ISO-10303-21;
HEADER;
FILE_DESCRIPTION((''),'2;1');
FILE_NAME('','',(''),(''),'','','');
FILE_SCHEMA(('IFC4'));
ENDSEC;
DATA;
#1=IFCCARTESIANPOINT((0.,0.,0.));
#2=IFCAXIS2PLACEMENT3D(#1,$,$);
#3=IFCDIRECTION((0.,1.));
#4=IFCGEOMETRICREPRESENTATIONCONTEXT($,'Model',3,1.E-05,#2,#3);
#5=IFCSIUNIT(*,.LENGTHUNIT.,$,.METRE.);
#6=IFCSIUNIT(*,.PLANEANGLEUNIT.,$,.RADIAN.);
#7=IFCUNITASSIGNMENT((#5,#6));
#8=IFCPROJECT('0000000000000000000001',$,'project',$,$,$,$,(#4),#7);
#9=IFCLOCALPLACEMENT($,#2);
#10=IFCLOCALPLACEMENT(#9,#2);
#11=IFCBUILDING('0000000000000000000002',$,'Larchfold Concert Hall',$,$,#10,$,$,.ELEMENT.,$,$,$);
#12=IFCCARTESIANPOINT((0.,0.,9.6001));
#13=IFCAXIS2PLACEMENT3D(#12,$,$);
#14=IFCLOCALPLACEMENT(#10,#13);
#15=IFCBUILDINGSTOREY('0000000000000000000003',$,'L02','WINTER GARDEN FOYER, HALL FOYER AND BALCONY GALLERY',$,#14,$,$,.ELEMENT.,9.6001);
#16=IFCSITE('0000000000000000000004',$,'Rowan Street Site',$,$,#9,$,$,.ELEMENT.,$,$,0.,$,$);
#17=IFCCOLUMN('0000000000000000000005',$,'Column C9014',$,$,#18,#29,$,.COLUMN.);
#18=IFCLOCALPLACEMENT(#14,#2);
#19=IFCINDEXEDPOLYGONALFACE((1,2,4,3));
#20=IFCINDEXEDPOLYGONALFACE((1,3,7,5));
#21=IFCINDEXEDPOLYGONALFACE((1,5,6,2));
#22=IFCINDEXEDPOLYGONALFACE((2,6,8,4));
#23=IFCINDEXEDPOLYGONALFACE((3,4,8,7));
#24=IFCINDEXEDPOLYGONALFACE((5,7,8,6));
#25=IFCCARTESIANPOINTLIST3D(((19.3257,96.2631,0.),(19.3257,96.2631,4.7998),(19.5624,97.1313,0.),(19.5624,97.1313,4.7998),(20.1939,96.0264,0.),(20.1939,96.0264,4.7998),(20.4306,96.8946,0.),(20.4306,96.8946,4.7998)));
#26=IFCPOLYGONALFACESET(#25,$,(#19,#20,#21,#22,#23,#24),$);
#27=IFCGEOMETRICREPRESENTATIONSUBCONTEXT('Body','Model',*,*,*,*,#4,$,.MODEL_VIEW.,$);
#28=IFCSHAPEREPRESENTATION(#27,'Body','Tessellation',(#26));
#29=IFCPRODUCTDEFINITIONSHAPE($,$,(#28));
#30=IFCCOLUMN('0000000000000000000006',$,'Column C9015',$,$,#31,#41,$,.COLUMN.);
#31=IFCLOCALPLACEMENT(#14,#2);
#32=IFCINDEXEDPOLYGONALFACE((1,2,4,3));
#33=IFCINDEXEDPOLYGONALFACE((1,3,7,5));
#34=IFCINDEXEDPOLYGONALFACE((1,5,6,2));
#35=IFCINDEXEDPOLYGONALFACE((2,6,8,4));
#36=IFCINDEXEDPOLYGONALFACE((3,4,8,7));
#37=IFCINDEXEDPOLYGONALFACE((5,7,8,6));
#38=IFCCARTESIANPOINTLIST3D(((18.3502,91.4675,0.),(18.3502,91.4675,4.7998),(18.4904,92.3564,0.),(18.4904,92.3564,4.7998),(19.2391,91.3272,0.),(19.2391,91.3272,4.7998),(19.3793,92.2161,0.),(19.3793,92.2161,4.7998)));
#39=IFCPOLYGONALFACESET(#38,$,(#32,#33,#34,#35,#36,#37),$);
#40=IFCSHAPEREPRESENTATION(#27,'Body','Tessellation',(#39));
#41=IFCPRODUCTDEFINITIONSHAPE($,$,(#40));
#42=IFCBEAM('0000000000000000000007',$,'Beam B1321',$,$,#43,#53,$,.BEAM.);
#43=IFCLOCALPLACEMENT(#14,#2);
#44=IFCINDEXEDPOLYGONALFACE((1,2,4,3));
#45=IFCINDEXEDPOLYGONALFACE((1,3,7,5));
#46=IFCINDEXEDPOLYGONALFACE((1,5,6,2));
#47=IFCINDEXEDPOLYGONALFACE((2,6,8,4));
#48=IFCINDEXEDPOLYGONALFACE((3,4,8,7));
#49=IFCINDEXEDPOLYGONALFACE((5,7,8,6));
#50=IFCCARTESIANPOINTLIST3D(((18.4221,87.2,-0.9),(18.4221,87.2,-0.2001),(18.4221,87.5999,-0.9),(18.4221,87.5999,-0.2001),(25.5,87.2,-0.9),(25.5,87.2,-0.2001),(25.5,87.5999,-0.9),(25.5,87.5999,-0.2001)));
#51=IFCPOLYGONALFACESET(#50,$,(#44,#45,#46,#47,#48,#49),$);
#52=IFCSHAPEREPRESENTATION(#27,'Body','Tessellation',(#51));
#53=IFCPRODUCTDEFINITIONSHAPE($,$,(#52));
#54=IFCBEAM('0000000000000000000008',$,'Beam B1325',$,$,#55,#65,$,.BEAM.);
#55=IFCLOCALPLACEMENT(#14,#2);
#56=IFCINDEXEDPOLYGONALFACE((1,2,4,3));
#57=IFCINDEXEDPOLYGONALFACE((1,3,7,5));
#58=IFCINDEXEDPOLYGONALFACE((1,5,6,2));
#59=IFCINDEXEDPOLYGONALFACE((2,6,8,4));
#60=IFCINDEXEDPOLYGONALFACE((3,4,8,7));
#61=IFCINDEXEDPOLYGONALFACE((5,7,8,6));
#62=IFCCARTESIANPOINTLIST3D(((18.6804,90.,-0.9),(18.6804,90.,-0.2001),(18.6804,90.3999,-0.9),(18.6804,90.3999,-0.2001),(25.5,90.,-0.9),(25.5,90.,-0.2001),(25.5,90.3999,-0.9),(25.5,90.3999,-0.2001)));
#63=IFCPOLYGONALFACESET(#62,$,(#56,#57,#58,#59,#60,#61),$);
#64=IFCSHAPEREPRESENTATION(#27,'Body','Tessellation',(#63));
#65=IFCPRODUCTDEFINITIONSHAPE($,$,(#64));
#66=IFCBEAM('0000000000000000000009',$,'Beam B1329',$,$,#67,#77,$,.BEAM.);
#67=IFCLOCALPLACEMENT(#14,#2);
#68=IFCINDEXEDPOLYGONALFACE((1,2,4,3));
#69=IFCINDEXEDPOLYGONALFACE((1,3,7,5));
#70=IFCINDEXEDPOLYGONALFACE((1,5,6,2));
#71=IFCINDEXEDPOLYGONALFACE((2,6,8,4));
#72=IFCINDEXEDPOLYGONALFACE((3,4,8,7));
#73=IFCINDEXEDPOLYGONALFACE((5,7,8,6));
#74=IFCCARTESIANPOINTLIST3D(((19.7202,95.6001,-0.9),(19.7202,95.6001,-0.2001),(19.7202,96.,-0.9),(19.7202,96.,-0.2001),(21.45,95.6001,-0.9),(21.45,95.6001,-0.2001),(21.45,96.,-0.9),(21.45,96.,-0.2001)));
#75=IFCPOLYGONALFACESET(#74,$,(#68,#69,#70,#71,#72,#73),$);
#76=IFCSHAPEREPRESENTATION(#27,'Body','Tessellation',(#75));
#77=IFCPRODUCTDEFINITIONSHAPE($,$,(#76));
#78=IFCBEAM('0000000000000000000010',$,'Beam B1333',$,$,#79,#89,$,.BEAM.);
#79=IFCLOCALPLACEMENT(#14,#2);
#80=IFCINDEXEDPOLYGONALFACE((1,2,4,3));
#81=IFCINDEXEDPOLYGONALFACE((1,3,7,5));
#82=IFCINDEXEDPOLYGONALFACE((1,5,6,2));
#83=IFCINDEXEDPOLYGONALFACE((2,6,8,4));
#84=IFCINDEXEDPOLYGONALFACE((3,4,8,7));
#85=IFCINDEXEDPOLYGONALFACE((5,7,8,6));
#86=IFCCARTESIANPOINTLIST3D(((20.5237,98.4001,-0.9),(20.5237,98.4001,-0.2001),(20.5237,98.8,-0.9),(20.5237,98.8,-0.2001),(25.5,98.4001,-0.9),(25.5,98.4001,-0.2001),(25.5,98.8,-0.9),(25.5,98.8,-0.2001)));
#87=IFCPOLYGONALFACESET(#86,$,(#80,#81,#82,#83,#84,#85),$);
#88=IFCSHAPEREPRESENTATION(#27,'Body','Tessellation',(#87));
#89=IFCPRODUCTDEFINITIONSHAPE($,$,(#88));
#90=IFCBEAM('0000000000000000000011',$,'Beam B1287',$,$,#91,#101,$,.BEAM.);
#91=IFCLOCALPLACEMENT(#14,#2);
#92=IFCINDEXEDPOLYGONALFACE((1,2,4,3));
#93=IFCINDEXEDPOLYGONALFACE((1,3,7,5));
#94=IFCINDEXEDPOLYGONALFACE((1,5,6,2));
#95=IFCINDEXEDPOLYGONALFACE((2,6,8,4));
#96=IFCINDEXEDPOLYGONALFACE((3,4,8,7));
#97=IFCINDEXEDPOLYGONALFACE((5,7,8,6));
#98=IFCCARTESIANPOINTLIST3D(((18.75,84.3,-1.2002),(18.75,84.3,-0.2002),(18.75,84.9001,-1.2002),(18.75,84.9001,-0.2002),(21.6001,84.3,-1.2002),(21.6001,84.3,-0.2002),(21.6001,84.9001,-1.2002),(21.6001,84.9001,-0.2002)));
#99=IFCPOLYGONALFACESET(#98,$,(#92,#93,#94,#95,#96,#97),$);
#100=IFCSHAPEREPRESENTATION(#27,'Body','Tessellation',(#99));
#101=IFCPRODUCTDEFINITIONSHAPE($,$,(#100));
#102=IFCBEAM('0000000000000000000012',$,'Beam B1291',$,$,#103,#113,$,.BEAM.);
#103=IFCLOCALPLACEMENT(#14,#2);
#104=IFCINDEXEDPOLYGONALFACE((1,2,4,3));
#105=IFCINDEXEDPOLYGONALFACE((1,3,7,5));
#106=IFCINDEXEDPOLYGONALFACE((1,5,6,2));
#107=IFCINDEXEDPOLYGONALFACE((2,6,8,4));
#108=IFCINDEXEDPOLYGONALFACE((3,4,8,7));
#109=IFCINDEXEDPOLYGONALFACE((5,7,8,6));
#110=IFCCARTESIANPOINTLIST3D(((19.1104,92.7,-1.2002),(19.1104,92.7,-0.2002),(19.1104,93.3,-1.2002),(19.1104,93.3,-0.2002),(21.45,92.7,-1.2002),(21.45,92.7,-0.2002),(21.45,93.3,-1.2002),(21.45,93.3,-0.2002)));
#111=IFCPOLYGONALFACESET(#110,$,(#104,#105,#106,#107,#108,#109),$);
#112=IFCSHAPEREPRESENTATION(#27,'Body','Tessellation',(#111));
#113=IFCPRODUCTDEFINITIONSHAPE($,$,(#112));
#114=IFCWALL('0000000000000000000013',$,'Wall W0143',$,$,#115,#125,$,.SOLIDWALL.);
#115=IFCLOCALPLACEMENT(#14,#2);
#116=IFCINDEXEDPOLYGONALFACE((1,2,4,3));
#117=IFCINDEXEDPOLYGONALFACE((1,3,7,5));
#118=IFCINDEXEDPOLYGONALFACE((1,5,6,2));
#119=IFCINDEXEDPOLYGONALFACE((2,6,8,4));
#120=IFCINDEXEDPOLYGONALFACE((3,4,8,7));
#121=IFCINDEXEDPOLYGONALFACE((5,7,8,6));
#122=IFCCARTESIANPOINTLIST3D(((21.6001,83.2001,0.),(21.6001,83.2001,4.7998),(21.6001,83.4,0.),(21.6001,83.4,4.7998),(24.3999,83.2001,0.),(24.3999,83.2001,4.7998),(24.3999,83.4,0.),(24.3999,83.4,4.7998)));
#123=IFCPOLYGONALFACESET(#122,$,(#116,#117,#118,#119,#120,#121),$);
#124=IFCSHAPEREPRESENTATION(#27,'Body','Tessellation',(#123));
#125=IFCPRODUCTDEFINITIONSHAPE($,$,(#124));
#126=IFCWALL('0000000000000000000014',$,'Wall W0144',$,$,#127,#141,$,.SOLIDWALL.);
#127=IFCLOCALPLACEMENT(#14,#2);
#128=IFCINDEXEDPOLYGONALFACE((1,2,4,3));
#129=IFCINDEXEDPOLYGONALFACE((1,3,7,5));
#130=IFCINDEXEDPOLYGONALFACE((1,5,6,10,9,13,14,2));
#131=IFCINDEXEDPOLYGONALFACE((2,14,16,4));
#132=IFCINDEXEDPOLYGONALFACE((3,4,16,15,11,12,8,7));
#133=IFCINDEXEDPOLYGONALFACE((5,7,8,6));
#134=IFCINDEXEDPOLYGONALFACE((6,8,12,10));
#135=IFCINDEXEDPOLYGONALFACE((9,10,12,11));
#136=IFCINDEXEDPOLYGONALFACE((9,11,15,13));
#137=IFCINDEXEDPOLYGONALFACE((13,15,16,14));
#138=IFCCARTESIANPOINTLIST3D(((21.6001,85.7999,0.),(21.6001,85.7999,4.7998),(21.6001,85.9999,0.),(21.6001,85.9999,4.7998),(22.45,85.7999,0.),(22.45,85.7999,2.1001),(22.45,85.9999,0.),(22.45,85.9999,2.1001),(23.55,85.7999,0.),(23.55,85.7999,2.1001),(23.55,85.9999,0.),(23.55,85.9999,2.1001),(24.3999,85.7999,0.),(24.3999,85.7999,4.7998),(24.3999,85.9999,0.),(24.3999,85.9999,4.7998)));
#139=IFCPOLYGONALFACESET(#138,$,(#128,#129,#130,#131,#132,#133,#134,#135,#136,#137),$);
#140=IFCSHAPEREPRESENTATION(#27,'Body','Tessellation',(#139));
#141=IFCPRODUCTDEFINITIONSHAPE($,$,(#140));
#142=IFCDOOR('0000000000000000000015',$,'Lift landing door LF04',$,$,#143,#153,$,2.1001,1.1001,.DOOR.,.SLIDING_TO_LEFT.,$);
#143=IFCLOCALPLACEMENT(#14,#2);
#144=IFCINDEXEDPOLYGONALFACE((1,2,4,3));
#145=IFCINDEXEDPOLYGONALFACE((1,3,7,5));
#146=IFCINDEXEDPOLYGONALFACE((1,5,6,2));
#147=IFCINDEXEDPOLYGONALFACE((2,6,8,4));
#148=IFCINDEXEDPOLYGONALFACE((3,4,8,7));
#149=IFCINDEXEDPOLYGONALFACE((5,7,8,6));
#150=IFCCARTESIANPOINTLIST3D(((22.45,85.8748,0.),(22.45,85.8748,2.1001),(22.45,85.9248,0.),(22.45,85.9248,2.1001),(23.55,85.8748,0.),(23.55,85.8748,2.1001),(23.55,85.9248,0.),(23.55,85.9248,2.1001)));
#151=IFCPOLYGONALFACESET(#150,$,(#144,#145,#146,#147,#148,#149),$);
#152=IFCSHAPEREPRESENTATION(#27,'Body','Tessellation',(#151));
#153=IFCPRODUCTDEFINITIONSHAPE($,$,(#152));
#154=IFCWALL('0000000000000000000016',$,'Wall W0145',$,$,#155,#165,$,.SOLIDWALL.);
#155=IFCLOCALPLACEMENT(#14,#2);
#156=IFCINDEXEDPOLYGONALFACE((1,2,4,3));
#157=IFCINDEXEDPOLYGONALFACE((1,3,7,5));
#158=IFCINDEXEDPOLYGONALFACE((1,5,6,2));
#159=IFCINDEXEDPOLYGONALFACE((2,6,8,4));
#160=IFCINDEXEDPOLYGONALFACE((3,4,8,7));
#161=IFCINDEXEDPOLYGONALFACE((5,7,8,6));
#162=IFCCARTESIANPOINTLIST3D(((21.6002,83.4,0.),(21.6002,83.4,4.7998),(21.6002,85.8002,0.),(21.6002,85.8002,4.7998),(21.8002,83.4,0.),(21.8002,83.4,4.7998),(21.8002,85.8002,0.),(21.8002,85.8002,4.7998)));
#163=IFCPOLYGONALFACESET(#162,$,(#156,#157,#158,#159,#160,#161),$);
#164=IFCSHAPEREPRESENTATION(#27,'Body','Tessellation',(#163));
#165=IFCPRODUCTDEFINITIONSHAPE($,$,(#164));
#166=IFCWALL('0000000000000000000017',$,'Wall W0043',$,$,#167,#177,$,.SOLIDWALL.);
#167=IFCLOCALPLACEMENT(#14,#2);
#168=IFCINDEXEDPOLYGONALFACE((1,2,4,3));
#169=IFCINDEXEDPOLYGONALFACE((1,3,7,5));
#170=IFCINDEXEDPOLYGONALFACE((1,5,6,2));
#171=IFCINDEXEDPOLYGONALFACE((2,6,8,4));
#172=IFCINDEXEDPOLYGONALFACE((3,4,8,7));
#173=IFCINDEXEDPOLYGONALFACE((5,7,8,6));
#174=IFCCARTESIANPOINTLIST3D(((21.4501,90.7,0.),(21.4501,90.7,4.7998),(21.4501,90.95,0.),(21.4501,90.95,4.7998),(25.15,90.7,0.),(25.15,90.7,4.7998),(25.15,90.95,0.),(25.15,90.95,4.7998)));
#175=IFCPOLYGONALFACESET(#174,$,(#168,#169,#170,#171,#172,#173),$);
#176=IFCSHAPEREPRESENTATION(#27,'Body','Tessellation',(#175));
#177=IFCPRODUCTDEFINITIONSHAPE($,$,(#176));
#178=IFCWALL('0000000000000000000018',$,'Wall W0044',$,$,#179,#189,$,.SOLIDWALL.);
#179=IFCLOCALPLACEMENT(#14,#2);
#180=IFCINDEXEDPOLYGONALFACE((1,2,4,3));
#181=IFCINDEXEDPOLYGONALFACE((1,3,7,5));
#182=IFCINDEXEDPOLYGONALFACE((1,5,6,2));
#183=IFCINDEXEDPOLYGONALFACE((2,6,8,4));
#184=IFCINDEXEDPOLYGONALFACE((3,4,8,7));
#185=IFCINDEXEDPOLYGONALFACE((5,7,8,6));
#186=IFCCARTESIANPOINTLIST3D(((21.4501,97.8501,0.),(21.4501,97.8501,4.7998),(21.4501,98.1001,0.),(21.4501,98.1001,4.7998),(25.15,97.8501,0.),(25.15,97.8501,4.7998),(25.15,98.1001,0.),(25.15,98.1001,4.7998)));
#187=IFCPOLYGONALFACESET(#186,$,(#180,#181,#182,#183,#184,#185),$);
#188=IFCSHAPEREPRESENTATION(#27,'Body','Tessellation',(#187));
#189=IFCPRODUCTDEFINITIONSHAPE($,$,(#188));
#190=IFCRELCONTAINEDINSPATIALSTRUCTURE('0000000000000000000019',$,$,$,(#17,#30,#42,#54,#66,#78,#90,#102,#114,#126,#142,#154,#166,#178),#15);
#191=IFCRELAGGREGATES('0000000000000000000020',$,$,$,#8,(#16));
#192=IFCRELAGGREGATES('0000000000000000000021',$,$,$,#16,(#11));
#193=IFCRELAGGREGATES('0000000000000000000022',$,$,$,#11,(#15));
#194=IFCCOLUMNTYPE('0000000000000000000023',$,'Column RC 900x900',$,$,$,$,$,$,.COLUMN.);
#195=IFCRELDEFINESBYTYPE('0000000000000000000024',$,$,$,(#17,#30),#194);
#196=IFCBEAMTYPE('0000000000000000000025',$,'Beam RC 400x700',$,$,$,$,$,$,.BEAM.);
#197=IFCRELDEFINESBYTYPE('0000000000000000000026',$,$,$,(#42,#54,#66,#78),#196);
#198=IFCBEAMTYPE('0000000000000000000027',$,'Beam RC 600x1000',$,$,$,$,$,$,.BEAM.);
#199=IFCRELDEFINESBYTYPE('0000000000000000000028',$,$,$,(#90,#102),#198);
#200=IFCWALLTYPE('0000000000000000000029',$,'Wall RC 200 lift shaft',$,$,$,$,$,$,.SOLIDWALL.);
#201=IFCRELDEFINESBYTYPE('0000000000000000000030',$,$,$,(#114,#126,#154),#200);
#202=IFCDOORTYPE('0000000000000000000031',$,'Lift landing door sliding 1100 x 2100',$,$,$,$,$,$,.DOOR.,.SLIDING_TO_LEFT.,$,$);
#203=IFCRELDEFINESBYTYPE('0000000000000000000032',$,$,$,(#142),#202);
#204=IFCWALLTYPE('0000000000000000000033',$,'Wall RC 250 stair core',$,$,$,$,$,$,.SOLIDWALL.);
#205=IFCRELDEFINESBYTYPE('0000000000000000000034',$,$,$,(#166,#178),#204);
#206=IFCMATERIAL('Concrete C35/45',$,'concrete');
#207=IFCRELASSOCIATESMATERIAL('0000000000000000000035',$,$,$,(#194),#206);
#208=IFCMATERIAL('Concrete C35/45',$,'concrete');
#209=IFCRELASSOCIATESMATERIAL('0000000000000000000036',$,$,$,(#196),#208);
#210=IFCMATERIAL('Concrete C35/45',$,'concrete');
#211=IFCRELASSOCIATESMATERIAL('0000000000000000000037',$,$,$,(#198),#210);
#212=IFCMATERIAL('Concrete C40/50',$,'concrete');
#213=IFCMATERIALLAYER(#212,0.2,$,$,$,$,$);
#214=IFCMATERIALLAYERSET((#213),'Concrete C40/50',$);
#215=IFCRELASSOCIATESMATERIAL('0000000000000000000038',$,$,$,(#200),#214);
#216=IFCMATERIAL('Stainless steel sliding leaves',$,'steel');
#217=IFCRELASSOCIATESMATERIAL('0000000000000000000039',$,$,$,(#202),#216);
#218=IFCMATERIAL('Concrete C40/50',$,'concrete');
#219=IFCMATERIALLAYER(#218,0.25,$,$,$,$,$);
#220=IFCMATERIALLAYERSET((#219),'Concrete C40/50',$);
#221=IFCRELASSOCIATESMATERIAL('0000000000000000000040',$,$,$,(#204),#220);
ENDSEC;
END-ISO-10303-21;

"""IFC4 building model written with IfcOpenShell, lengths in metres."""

from ifc_helpers import new_model, si_unit, direction, frame, frame_2d, origin, origin_2d, place, context, subcontext, project, spatial, rectangle, extrude, material, layer, layer_set, material_profile, profile_set, type_object, element, fill, save


model = new_model("IFC4")

# Units and contexts
model_context = context("Model", 3, precision=1e-05, world=origin(), true_north=direction((0.0, 1.0)))
body_context = subcontext(model_context, "Body", "Model", "MODEL_VIEW")
ifc_project = project(units=[si_unit("LENGTHUNIT", "METRE"), si_unit("PLANEANGLEUNIT", "RADIAN")], contexts=[model_context])

# Site, building, storey
site_placement = place(None, origin())
site = spatial("IfcSite", under=ifc_project, at=site_placement, Name="Rowan Street Site", CompositionType="ELEMENT", RefElevation=0.0)
building_placement = place(site_placement, origin())
building = spatial("IfcBuilding", under=site, at=building_placement, Name="Larchfold Concert Hall", CompositionType="ELEMENT")
storey_placement = place(building_placement, frame((0.0, 0.0, 9.6001)))
storey = spatial("IfcBuildingStorey", under=building, at=storey_placement, Name="L02", Description="WINTER GARDEN FOYER, HALL FOYER AND BALCONY GALLERY", CompositionType="ELEMENT", Elevation=9.6001)

# Columns
ifc_material_1 = material(Name="Concrete C35/45", Category="concrete")
ifc_material_profile_1 = material_profile(ifc_material_1, rectangle(XDim=0.8999, YDim=0.8999, at=origin_2d()))
ifc_profile_set_1 = profile_set([ifc_material_profile_1], Name="Concrete C35/45")
column_type = type_object("IfcColumnType", Name="Column RC 900x900", PredefinedType="COLUMN", material=ifc_profile_set_1)
for number, where, z_axis, x_axis, name in (
    (1, (19.8782, 96.5789, 0.0), (0.0, 0.0, 1.0), (0.263031, 0.964788, 0.0), "Column C9014"),
    (2, (18.8647, 91.8418, 0.0), (0.0, 0.0, 1.0), (0.155868, 0.987778, 0.0), "Column C9015"),
):
    element("IfcColumn", number, at=place(storey_placement, frame(where, z_axis=z_axis, x_axis=x_axis)), inside=storey, type_object=column_type, Name=name, PredefinedType="COLUMN", context=body_context, shape_type="SweptSolid", body=[
        extrude(rectangle(XDim=0.8999, YDim=0.8999, at=origin_2d()), origin(), (0.0, 0.0, 1.0), 4.7998),
    ])

# Beams
ifc_material_2 = material(Name="Concrete C35/45", Category="concrete")
ifc_material_profile_2 = material_profile(ifc_material_2, rectangle(XDim=0.3999, YDim=0.7, at=origin_2d()))
ifc_profile_set_2 = profile_set([ifc_material_profile_2], Name="Concrete C35/45")
beam_type_1 = type_object("IfcBeamType", Name="Beam RC 400x700", PredefinedType="BEAM", material=ifc_profile_set_2)
beam_1_placement = place(storey_placement, frame((18.4221, 87.3999, -0.55), z_axis=(1.0, 0.0, 0.0), x_axis=(0.0, 1.0, 0.0)))
element("IfcBeam", 3, at=beam_1_placement, inside=storey, type_object=beam_type_1, Name="Beam B1321", PredefinedType="BEAM", context=body_context, shape_type="SweptSolid", body=[
    extrude(rectangle(XDim=0.3999, YDim=0.7, at=origin_2d()), origin(), (0.0, 0.0, 1.0), 7.0779),
])
beam_2_placement = place(storey_placement, frame((18.6804, 90.2, -0.55), z_axis=(1.0, 0.0, 0.0), x_axis=(0.0, 1.0, 0.0)))
element("IfcBeam", 4, at=beam_2_placement, inside=storey, type_object=beam_type_1, Name="Beam B1325", PredefinedType="BEAM", context=body_context, shape_type="SweptSolid", body=[
    extrude(rectangle(XDim=0.3999, YDim=0.7, at=origin_2d()), origin(), (0.0, 0.0, 1.0), 6.8196),
])
beam_3_placement = place(storey_placement, frame((19.7202, 95.8, -0.55), z_axis=(1.0, 0.0, 0.0), x_axis=(0.0, 1.0, 0.0)))
element("IfcBeam", 5, at=beam_3_placement, inside=storey, type_object=beam_type_1, Name="Beam B1329", PredefinedType="BEAM", context=body_context, shape_type="SweptSolid", body=[
    extrude(rectangle(XDim=0.3999, YDim=0.7, at=origin_2d()), origin(), (0.0, 0.0, 1.0), 1.7297),
])
beam_4_placement = place(storey_placement, frame((20.5237, 98.6001, -0.55), z_axis=(1.0, 0.0, 0.0), x_axis=(0.0, 1.0, 0.0)))
element("IfcBeam", 6, at=beam_4_placement, inside=storey, type_object=beam_type_1, Name="Beam B1333", PredefinedType="BEAM", context=body_context, shape_type="SweptSolid", body=[
    extrude(rectangle(XDim=0.3999, YDim=0.7, at=origin_2d()), origin(), (0.0, 0.0, 1.0), 4.9763),
])
ifc_material_3 = material(Name="Concrete C35/45", Category="concrete")
ifc_material_profile_3 = material_profile(ifc_material_3, rectangle(XDim=0.6001, YDim=1.0, at=origin_2d()))
ifc_profile_set_3 = profile_set([ifc_material_profile_3], Name="Concrete C35/45")
beam_type_2 = type_object("IfcBeamType", Name="Beam RC 600x1000", PredefinedType="BEAM", material=ifc_profile_set_3)
beam_5_placement = place(storey_placement, frame((18.75, 84.6001, -0.7002), z_axis=(1.0, 0.0, 0.0), x_axis=(0.0, 1.0, 0.0)))
element("IfcBeam", 7, at=beam_5_placement, inside=storey, type_object=beam_type_2, Name="Beam B1287", PredefinedType="BEAM", context=body_context, shape_type="SweptSolid", body=[
    extrude(rectangle(XDim=0.6001, YDim=1.0, at=origin_2d()), origin(), (0.0, 0.0, 1.0), 2.8501),
])
beam_6_placement = place(storey_placement, frame((19.1104, 93.0, -0.7002), z_axis=(1.0, 0.0, 0.0), x_axis=(0.0, 1.0, 0.0)))
element("IfcBeam", 8, at=beam_6_placement, inside=storey, type_object=beam_type_2, Name="Beam B1291", PredefinedType="BEAM", context=body_context, shape_type="SweptSolid", body=[
    extrude(rectangle(XDim=0.6001, YDim=1.0, at=origin_2d()), origin(), (0.0, 0.0, 1.0), 2.3396),
])

# Wall
ifc_material_4 = material(Name="Concrete C40/50", Category="concrete")
ifc_layer_1 = layer(ifc_material_4, 0.2)
ifc_layer_set_1 = layer_set([ifc_layer_1], Name="Concrete C40/50")
wall_type_1 = type_object("IfcWallType", Name="Wall RC 200 lift shaft", PredefinedType="SOLIDWALL", material=ifc_layer_set_1)
wall_1_placement = place(storey_placement, frame((21.6001, 83.3, 0.0), z_axis=(0.0, 0.0, 1.0), x_axis=(1.0, 0.0, 0.0)))
element("IfcWall", 9, at=wall_1_placement, inside=storey, type_object=wall_type_1, Name="Wall W0143", PredefinedType="SOLIDWALL", context=body_context, shape_type="SweptSolid", body=[
    extrude(rectangle(XDim=2.7998, YDim=0.2, at=frame_2d((1.3999, 0.0))), origin(), (0.0, 0.0, 1.0), 4.7998),
])

# Wall, opening, door
wall_2_placement = place(storey_placement, frame((21.6001, 85.8999, 0.0), z_axis=(0.0, 0.0, 1.0), x_axis=(1.0, 0.0, 0.0)))
wall_2 = element("IfcWall", 10, at=wall_2_placement, inside=storey, type_object=wall_type_1, Name="Wall W0144", PredefinedType="SOLIDWALL", context=body_context, shape_type="SweptSolid", body=[
    extrude(rectangle(XDim=2.7998, YDim=0.2, at=frame_2d((1.3999, 0.0))), origin(), (0.0, 0.0, 1.0), 4.7998),
])
opening_placement = place(wall_2_placement, frame((0.8499, 0.0, 0.0)))
opening = element("IfcOpeningElement", 11, at=opening_placement, cuts=wall_2, PredefinedType="OPENING", context=body_context, shape_type="SweptSolid", body=[
    extrude(rectangle(XDim=1.1001, YDim=2.1001, at=frame_2d((0.55, 1.05))), frame((0.0, 0.1099, 0.0), z_axis=(0.0, -1.0, 0.0), x_axis=(1.0, 0.0, 0.0)), (0.0, 0.0, 1.0), 0.22),
])
ifc_material_5 = material(Name="Stainless steel sliding leaves", Category="steel")
door_type = type_object("IfcDoorType", Name="Lift landing door sliding 1100 x 2100", OperationType="SLIDING_TO_LEFT", PredefinedType="DOOR", material=ifc_material_5)
door_placement = place(opening_placement, origin())
door = element("IfcDoor", 12, at=door_placement, inside=storey, type_object=door_type, Name="Lift landing door LF04", OperationType="SLIDING_TO_LEFT", OverallHeight=2.1001, OverallWidth=1.1001, PredefinedType="DOOR", context=body_context, shape_type="SweptSolid", body=[
    extrude(rectangle(XDim=1.1001, YDim=2.1001, at=frame_2d((0.55, 1.05))), frame((0.0, 0.0249, 0.0), z_axis=(0.0, -1.0, 0.0), x_axis=(1.0, 0.0, 0.0)), (0.0, 0.0, 1.0), 0.05),
])
fill(opening, door)

# Walls
wall_3_placement = place(storey_placement, frame((21.7002, 83.3999, 0.0), z_axis=(0.0, 0.0, 1.0), x_axis=(0.0, 1.0, 0.0)))
element("IfcWall", 13, at=wall_3_placement, inside=storey, type_object=wall_type_1, Name="Wall W0145", PredefinedType="SOLIDWALL", context=body_context, shape_type="SweptSolid", body=[
    extrude(rectangle(XDim=2.4001, YDim=0.2, at=frame_2d((1.2002, 0.0))), origin(), (0.0, 0.0, 1.0), 4.7998),
])
ifc_material_6 = material(Name="Concrete C40/50", Category="concrete")
ifc_layer_2 = layer(ifc_material_6, 0.25)
ifc_layer_set_2 = layer_set([ifc_layer_2], Name="Concrete C40/50")
wall_type_2 = type_object("IfcWallType", Name="Wall RC 250 stair core", PredefinedType="SOLIDWALL", material=ifc_layer_set_2)
for number, where, z_axis, x_axis, name in (
    (14, (21.45, 90.825, 0.0), (0.0, 0.0, 1.0), (1.0, 0.0, 0.0), "Wall W0043"),
    (15, (21.45, 97.9751, 0.0), (0.0, 0.0, 1.0), (1.0, 0.0, 0.0), "Wall W0044"),
):
    element("IfcWall", number, at=place(storey_placement, frame(where, z_axis=z_axis, x_axis=x_axis)), inside=storey, type_object=wall_type_2, Name=name, PredefinedType="SOLIDWALL", context=body_context, shape_type="SweptSolid", body=[
        extrude(rectangle(XDim=3.7, YDim=0.25, at=frame_2d((1.8501, 0.0))), origin(), (0.0, 0.0, 1.0), 4.7998),
    ])

save(model, "model.ifc")
